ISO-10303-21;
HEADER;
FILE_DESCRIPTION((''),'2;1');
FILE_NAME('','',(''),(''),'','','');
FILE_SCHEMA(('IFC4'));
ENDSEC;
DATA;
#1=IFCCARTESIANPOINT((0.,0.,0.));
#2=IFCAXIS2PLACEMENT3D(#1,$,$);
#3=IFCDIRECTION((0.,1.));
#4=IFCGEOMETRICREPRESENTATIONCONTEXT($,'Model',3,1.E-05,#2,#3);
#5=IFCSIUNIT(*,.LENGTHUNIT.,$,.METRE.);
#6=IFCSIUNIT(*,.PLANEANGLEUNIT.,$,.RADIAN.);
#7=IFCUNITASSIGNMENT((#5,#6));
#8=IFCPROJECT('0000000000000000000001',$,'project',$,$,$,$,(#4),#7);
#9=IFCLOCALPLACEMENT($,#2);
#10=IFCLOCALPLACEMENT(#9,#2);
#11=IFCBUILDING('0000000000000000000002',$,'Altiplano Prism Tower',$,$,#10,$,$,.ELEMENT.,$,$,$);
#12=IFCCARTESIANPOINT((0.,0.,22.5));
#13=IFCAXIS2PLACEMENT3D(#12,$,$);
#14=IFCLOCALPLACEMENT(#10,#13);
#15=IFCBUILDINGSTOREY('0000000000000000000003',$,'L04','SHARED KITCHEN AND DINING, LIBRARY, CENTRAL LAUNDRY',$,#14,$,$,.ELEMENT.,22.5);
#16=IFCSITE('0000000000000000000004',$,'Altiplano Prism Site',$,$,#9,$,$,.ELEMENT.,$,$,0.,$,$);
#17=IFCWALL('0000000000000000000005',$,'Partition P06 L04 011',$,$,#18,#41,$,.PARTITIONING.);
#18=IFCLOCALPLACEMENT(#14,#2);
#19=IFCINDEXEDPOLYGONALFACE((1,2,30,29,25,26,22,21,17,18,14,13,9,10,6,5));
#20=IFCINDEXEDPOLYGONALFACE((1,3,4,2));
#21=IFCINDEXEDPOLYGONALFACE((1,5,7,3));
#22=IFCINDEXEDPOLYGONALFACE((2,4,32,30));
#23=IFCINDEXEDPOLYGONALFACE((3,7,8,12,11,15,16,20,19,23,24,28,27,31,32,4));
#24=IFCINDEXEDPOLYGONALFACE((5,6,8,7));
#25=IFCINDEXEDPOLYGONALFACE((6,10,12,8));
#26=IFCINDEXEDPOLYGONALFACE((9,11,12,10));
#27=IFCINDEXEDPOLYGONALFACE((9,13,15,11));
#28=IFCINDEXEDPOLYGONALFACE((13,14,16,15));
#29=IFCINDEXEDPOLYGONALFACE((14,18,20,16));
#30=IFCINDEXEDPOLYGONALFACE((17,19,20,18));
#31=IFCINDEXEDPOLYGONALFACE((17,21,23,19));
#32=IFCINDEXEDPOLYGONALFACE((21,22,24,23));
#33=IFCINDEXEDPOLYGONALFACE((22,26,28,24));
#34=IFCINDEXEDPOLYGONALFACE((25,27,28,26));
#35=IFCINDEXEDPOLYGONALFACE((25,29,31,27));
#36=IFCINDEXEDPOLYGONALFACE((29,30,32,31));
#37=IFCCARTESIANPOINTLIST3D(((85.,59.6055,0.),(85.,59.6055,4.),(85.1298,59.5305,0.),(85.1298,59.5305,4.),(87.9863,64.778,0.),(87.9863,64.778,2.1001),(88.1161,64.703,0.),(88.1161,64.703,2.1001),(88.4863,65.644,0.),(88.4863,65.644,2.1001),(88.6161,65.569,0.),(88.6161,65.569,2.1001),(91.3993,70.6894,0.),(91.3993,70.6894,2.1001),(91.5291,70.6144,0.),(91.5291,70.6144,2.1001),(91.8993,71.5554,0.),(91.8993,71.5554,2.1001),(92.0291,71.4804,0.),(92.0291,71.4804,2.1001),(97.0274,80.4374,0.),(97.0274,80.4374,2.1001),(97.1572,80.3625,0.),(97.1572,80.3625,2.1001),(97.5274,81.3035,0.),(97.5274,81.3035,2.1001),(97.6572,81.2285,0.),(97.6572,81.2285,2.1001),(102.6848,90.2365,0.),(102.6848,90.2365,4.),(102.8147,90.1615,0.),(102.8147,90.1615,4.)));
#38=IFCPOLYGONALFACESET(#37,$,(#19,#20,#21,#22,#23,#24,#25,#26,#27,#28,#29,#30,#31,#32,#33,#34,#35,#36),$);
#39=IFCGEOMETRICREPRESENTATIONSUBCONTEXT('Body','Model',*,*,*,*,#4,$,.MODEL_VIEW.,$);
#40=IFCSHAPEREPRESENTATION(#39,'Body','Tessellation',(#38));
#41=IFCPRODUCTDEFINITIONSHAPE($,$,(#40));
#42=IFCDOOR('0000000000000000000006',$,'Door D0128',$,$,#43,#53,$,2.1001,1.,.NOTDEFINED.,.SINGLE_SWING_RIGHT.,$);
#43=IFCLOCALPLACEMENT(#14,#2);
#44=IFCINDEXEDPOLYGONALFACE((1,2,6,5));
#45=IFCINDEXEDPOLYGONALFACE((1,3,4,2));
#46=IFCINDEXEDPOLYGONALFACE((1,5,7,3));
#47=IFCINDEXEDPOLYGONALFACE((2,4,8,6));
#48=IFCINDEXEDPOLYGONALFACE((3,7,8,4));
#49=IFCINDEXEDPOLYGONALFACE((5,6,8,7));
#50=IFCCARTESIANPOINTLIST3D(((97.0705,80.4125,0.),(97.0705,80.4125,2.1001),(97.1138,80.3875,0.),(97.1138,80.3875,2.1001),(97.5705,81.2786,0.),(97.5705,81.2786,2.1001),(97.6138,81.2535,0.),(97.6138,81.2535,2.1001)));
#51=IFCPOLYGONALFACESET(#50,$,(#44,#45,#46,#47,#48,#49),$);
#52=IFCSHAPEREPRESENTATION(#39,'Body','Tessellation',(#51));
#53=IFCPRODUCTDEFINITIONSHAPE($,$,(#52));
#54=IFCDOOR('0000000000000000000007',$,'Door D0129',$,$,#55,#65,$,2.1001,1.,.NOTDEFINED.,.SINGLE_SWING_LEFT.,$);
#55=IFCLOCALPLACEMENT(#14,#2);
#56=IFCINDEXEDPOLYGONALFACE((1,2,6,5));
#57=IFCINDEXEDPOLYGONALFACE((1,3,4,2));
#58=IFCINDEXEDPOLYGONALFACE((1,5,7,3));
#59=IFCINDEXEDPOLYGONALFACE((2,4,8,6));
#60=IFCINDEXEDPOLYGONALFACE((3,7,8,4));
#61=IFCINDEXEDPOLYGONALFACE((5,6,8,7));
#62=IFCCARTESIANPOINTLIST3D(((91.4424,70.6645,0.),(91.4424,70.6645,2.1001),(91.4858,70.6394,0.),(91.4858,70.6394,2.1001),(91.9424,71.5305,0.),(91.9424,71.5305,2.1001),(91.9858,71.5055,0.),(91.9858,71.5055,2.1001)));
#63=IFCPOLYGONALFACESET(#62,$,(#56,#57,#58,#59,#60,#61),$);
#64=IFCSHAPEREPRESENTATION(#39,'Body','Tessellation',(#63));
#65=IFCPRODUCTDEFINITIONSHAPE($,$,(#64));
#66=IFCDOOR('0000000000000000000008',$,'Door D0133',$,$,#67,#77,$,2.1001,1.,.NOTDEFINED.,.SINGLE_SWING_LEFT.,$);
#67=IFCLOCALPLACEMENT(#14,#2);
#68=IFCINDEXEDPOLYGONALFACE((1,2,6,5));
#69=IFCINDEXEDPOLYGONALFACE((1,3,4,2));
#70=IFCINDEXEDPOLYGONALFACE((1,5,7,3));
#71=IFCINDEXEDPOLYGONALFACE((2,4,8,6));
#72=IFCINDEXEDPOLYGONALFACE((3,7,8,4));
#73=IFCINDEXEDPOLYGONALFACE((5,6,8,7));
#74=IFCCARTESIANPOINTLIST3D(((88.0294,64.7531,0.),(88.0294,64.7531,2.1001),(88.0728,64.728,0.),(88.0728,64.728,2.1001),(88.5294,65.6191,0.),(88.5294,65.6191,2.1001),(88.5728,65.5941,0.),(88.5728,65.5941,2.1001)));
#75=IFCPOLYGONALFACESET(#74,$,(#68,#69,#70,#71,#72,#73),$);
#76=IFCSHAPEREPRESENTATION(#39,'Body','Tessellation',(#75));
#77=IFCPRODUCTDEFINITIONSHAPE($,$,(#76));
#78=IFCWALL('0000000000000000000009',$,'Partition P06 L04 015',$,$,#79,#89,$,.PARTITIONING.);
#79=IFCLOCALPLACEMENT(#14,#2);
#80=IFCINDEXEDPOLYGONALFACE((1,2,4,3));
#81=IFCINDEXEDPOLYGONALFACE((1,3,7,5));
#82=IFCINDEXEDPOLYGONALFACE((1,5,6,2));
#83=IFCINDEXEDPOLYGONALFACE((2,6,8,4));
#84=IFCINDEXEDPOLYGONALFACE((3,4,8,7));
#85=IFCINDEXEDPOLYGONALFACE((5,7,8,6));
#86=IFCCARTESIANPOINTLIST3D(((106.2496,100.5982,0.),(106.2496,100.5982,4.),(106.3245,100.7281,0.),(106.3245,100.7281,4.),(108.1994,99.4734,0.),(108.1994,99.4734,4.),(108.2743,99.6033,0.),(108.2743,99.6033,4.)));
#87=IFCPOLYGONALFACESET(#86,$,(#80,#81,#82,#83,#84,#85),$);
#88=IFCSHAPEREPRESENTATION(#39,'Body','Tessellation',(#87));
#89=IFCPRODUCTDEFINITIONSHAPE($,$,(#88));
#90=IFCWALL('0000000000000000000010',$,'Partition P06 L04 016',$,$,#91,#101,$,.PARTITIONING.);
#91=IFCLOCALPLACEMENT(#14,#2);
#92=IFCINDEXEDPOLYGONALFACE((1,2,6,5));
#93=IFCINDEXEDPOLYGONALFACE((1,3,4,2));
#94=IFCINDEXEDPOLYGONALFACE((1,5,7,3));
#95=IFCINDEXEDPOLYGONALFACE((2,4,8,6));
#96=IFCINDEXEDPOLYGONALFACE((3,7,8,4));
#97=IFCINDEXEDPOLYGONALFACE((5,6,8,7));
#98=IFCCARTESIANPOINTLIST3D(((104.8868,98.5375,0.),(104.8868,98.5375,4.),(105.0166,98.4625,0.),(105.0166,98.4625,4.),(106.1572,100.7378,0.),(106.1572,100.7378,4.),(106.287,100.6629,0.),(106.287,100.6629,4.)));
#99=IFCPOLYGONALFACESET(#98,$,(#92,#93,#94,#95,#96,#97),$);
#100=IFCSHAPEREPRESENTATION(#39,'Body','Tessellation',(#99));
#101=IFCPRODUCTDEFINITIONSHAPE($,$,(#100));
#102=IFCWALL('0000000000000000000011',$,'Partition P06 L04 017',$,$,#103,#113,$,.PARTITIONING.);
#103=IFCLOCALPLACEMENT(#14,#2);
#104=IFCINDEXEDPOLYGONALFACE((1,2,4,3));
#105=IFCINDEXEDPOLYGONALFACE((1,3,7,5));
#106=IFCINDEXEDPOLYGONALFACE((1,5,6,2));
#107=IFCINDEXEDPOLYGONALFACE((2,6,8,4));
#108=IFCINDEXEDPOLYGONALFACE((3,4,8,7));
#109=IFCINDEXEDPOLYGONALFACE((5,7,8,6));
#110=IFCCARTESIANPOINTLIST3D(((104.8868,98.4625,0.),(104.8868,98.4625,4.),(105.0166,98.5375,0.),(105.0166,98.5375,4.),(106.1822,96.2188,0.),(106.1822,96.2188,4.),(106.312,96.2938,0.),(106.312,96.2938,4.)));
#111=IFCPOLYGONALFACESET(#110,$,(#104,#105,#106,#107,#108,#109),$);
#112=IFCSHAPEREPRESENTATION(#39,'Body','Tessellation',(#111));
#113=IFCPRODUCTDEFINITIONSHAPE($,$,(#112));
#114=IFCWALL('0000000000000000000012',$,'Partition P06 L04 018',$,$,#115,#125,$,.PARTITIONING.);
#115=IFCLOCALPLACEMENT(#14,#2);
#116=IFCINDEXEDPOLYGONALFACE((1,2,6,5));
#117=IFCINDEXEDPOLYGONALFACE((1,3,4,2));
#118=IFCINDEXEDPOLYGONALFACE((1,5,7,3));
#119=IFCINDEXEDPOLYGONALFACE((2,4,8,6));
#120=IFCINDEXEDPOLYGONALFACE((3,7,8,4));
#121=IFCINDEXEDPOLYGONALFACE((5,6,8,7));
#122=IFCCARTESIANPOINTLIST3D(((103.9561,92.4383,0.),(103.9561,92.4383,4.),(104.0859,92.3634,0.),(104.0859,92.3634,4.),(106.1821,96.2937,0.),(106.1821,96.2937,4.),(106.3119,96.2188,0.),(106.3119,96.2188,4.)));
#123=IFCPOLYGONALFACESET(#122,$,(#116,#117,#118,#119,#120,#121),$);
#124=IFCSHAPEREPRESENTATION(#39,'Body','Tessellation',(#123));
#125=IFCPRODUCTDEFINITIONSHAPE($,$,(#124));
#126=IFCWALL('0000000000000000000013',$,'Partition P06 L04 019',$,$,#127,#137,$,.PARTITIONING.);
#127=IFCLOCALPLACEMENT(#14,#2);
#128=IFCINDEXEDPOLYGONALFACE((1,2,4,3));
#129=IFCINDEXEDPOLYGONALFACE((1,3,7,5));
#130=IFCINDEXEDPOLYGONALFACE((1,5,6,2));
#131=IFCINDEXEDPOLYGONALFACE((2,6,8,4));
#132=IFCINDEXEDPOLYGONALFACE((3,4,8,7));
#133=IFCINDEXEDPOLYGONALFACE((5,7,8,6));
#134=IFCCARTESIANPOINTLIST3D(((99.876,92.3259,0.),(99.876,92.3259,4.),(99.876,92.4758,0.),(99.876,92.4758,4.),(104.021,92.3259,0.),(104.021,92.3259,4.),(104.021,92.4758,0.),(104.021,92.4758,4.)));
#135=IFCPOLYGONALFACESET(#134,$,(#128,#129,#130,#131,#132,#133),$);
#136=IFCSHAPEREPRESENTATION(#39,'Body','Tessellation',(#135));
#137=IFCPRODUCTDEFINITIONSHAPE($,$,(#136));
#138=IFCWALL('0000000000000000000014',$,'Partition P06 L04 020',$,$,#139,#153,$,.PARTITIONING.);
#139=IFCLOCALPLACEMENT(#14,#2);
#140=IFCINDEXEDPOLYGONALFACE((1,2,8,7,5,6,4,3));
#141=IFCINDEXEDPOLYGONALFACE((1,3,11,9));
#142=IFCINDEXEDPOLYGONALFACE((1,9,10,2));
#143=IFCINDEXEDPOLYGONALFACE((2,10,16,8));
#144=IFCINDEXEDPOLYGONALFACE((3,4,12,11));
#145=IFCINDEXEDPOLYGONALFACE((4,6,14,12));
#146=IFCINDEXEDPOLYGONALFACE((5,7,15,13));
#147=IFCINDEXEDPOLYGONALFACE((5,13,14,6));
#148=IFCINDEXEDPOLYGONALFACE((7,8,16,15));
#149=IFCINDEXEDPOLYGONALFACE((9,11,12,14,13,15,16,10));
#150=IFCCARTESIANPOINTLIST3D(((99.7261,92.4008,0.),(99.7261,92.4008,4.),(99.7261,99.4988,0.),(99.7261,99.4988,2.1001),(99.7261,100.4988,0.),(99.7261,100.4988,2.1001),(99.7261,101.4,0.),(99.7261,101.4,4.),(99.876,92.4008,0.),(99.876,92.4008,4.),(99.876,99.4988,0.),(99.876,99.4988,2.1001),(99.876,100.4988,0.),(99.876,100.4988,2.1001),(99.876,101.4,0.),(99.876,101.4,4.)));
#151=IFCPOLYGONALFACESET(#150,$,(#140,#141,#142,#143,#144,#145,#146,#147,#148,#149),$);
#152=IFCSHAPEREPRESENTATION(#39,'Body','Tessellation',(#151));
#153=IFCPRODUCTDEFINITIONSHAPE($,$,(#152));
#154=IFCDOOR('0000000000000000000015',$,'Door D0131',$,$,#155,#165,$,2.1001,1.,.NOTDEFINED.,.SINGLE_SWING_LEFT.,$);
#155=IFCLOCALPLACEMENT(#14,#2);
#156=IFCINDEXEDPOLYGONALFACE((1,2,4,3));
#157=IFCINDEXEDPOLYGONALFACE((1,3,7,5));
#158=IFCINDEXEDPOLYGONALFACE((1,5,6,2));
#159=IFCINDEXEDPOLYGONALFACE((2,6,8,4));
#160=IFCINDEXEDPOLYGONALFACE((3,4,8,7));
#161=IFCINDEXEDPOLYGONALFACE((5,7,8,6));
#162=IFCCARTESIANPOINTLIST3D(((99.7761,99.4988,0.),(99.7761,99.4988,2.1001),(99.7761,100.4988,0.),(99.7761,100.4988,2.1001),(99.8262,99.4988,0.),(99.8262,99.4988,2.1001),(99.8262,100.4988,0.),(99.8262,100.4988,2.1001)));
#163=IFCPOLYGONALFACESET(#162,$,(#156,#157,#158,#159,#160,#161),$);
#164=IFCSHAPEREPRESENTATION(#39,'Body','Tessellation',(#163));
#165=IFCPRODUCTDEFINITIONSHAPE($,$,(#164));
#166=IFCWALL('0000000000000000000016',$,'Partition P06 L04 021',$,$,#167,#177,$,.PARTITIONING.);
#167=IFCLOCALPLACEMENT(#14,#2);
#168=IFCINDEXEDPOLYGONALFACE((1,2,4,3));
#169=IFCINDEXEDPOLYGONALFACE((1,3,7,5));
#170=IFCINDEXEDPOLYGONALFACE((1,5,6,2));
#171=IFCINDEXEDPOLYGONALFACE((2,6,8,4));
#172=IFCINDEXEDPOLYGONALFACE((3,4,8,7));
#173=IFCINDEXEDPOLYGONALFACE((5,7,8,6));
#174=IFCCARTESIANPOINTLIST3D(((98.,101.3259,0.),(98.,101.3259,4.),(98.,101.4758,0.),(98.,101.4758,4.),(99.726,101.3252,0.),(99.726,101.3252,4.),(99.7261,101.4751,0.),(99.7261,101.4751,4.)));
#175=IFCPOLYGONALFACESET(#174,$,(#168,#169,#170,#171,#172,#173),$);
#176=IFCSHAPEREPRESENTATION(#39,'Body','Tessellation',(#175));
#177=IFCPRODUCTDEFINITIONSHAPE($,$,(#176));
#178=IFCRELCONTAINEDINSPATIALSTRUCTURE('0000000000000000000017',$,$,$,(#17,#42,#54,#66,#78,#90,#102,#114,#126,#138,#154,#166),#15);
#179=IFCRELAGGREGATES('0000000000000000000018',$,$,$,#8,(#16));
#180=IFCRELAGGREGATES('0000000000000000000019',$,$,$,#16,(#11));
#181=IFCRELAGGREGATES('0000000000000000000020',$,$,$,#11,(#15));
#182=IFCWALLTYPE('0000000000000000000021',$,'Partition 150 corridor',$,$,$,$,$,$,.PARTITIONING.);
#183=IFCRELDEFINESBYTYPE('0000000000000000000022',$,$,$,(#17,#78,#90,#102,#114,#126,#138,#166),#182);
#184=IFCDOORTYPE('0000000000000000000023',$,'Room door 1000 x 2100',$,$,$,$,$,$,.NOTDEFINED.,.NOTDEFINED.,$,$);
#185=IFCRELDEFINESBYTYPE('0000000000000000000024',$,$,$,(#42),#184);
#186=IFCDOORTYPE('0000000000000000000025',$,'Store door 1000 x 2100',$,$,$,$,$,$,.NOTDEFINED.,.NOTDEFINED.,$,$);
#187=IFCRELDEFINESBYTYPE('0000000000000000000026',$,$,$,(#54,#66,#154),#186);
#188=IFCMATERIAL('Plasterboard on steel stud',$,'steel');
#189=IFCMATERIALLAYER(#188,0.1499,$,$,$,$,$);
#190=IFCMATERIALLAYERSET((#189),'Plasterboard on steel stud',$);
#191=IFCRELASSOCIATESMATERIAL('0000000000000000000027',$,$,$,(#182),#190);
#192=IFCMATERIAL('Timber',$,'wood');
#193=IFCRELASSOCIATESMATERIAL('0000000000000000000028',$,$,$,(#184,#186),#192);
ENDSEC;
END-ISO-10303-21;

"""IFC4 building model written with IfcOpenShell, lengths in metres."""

from ifc_helpers import new_model, si_unit, direction, frame, frame_2d, origin, place, context, subcontext, project, spatial, rectangle, extrude, material, layer, layer_set, type_object, element, fill, save


model = new_model("IFC4")

# Units and contexts
model_context = context("Model", 3, precision=1e-05, world=origin(), true_north=direction((0.0, 1.0)))
body_context = subcontext(model_context, "Body", "Model", "MODEL_VIEW")
ifc_project = project(units=[si_unit("LENGTHUNIT", "METRE"), si_unit("PLANEANGLEUNIT", "RADIAN")], contexts=[model_context])

# Site, building, storey
site_placement = place(None, origin())
site = spatial("IfcSite", under=ifc_project, at=site_placement, Name="Altiplano Prism Site", CompositionType="ELEMENT", RefElevation=0.0)
building_placement = place(site_placement, origin())
building = spatial("IfcBuilding", under=site, at=building_placement, Name="Altiplano Prism Tower", CompositionType="ELEMENT")
storey_placement = place(building_placement, frame((0.0, 0.0, 22.5)))
storey = spatial("IfcBuildingStorey", under=building, at=storey_placement, Name="L04", Description="SHARED KITCHEN AND DINING, LIBRARY, CENTRAL LAUNDRY", CompositionType="ELEMENT", Elevation=22.5)

# Shared definitions
ifc_material_1 = material(Name="Plasterboard on steel stud", Category="steel")
ifc_layer_1 = layer(ifc_material_1, 0.1499)
ifc_layer_set_1 = layer_set([ifc_layer_1], Name="Plasterboard on steel stud")
wall_type_1 = type_object("IfcWallType", Name="Partition 150 corridor", PredefinedType="PARTITIONING", material=ifc_layer_set_1)

# Wall, openings, doors
wall_1_placement = place(storey_placement, frame((102.7498, 90.199, 0.0), z_axis=(0.0, 0.0, 1.0), x_axis=(-0.500002, -0.866024, 0.0)))
wall_1 = element("IfcWall", 1, at=wall_1_placement, inside=storey, type_object=wall_type_1, Name="Partition P06 L04 011", PredefinedType="PARTITIONING", context=body_context, shape_type="SweptSolid", body=[
    extrude(rectangle(XDim=35.3696, YDim=0.1499, at=frame_2d((17.6848, 0.0))), origin(), (0.0, 0.0, 1.0), 4.0),
])
opening_1_placement = place(wall_1_placement, frame((10.3149, 0.0, 0.0)))
opening_1 = element("IfcOpeningElement", 2, at=opening_1_placement, cuts=wall_1, PredefinedType="OPENING", context=body_context, shape_type="SweptSolid", body=[
    extrude(rectangle(XDim=1.0, YDim=2.1001, at=frame_2d((0.5, 1.05))), frame((0.0, 0.0854, 0.0), z_axis=(0.0, -1.0, 0.0), x_axis=(1.0, 0.0, 0.0)), (0.0, 0.0, 1.0), 0.1709),
])
opening_2_placement = place(wall_1_placement, frame((21.571, 0.0, 0.0)))
opening_2 = element("IfcOpeningElement", 3, at=opening_2_placement, cuts=wall_1, PredefinedType="OPENING", context=body_context, shape_type="SweptSolid", body=[
    extrude(rectangle(XDim=1.0, YDim=2.1001, at=frame_2d((0.5, 1.05))), frame((0.0, 0.0854, 0.0), z_axis=(0.0, -1.0, 0.0), x_axis=(1.0, 0.0, 0.0)), (0.0, 0.0, 1.0), 0.1709),
])
opening_3_placement = place(wall_1_placement, frame((28.397, 0.0, 0.0)))
opening_3 = element("IfcOpeningElement", 4, at=opening_3_placement, cuts=wall_1, PredefinedType="OPENING", context=body_context, shape_type="SweptSolid", body=[
    extrude(rectangle(XDim=1.0, YDim=2.1001, at=frame_2d((0.5, 1.05))), frame((0.0, 0.0854, 0.0), z_axis=(0.0, -1.0, 0.0), x_axis=(1.0, 0.0, 0.0)), (0.0, 0.0, 1.0), 0.1709),
])
ifc_material_2 = material(Name="Timber", Category="wood")
door_type_1 = type_object("IfcDoorType", Name="Room door 1000 x 2100", OperationType="NOTDEFINED", PredefinedType="NOTDEFINED", material=ifc_material_2)
door_1_placement = place(opening_1_placement, origin())
door_1 = element("IfcDoor", 5, at=door_1_placement, inside=storey, type_object=door_type_1, Name="Door D0128", OperationType="SINGLE_SWING_RIGHT", OverallHeight=2.1001, OverallWidth=1.0, PredefinedType="NOTDEFINED", context=body_context, shape_type="SweptSolid", body=[
    extrude(rectangle(XDim=1.0, YDim=2.1001, at=frame_2d((0.5, 1.05))), frame((0.0, 0.0249, 0.0), z_axis=(0.0, -1.0, 0.0), x_axis=(1.0, 0.0, 0.0)), (0.0, 0.0, 1.0), 0.05),
])
fill(opening_1, door_1)
door_type_2 = type_object("IfcDoorType", Name="Store door 1000 x 2100", OperationType="NOTDEFINED", PredefinedType="NOTDEFINED", material=ifc_material_2)
door_2_placement = place(opening_2_placement, origin())
door_2 = element("IfcDoor", 6, at=door_2_placement, inside=storey, type_object=door_type_2, Name="Door D0129", OperationType="SINGLE_SWING_LEFT", OverallHeight=2.1001, OverallWidth=1.0, PredefinedType="NOTDEFINED", context=body_context, shape_type="SweptSolid", body=[
    extrude(rectangle(XDim=1.0, YDim=2.1001, at=frame_2d((0.5, 1.05))), frame((0.0, 0.0249, 0.0), z_axis=(0.0, -1.0, 0.0), x_axis=(1.0, 0.0, 0.0)), (0.0, 0.0, 1.0), 0.05),
])
fill(opening_2, door_2)
door_3_placement = place(opening_3_placement, origin())
door_3 = element("IfcDoor", 7, at=door_3_placement, inside=storey, type_object=door_type_2, Name="Door D0133", OperationType="SINGLE_SWING_LEFT", OverallHeight=2.1001, OverallWidth=1.0, PredefinedType="NOTDEFINED", context=body_context, shape_type="SweptSolid", body=[
    extrude(rectangle(XDim=1.0, YDim=2.1001, at=frame_2d((0.5, 1.05))), frame((0.0, 0.0249, 0.0), z_axis=(0.0, -1.0, 0.0), x_axis=(1.0, 0.0, 0.0)), (0.0, 0.0, 1.0), 0.05),
])
fill(opening_3, door_3)

# Walls
wall_2_placement = place(storey_placement, frame((108.2368, 99.5383, 0.0), z_axis=(0.0, 0.0, 1.0), x_axis=(-0.8662, 0.499697, 0.0)))
element("IfcWall", 8, at=wall_2_placement, inside=storey, type_object=wall_type_1, Name="Partition P06 L04 015", PredefinedType="PARTITIONING", context=body_context, shape_type="SweptSolid", body=[
    extrude(rectangle(XDim=2.251, YDim=0.1499, at=frame_2d((1.1255, 0.0))), origin(), (0.0, 0.0, 1.0), 4.0),
])
wall_3_placement = place(storey_placement, frame((106.2222, 100.7004, 0.0), z_axis=(0.0, 0.0, 1.0), x_axis=(-0.500025, -0.866011, 0.0)))
element("IfcWall", 9, at=wall_3_placement, inside=storey, type_object=wall_type_1, Name="Partition P06 L04 016", PredefinedType="PARTITIONING", context=body_context, shape_type="SweptSolid", body=[
    extrude(rectangle(XDim=2.5408, YDim=0.1499, at=frame_2d((1.2705, 0.0))), origin(), (0.0, 0.0, 1.0), 4.0),
])
wall_4_placement = place(storey_placement, frame((104.9517, 98.5, 0.0), z_axis=(0.0, 0.0, 1.0), x_axis=(0.500011, -0.866019, 0.0)))
element("IfcWall", 10, at=wall_4_placement, inside=storey, type_object=wall_type_1, Name="Partition P06 L04 017", PredefinedType="PARTITIONING", context=body_context, shape_type="SweptSolid", body=[
    extrude(rectangle(XDim=2.5908, YDim=0.1499, at=frame_2d((1.2954, 0.0))), origin(), (0.0, 0.0, 1.0), 4.0),
])
wall_5_placement = place(storey_placement, frame((106.2471, 96.2563, 0.0), z_axis=(0.0, 0.0, 1.0), x_axis=(-0.50002, -0.866014, 0.0)))
element("IfcWall", 11, at=wall_5_placement, inside=storey, type_object=wall_type_1, Name="Partition P06 L04 018", PredefinedType="PARTITIONING", context=body_context, shape_type="SweptSolid", body=[
    extrude(rectangle(XDim=4.4519, YDim=0.1499, at=frame_2d((2.2261, 0.0))), origin(), (0.0, 0.0, 1.0), 4.0),
])
wall_6_placement = place(storey_placement, frame((104.021, 92.4009, 0.0), z_axis=(0.0, 0.0, 1.0), x_axis=(-1.0, 0.0, 0.0)))
element("IfcWall", 12, at=wall_6_placement, inside=storey, type_object=wall_type_1, Name="Partition P06 L04 019", PredefinedType="PARTITIONING", context=body_context, shape_type="SweptSolid", body=[
    extrude(rectangle(XDim=4.145, YDim=0.1499, at=frame_2d((2.0725, 0.0))), origin(), (0.0, 0.0, 1.0), 4.0),
])

# Wall, opening, door
wall_7_placement = place(storey_placement, frame((99.801, 92.4009, 0.0), z_axis=(0.0, 0.0, 1.0), x_axis=(0.0, 1.0, 0.0)))
wall_7 = element("IfcWall", 13, at=wall_7_placement, inside=storey, type_object=wall_type_1, Name="Partition P06 L04 020", PredefinedType="PARTITIONING", context=body_context, shape_type="SweptSolid", body=[
    extrude(rectangle(XDim=8.9993, YDim=0.1499, at=frame_2d((4.4995, 0.0))), origin(), (0.0, 0.0, 1.0), 4.0),
])
opening_4_placement = place(wall_7_placement, frame((7.0979, 0.0, 0.0)))
opening_4 = element("IfcOpeningElement", 14, at=opening_4_placement, cuts=wall_7, PredefinedType="OPENING", context=body_context, shape_type="SweptSolid", body=[
    extrude(rectangle(XDim=1.0, YDim=2.1001, at=frame_2d((0.5, 1.05))), frame((0.0, 0.0854, 0.0), z_axis=(0.0, -1.0, 0.0), x_axis=(1.0, 0.0, 0.0)), (0.0, 0.0, 1.0), 0.1709),
])
door_4_placement = place(opening_4_placement, origin())
door_4 = element("IfcDoor", 15, at=door_4_placement, inside=storey, type_object=door_type_2, Name="Door D0131", OperationType="SINGLE_SWING_LEFT", OverallHeight=2.1001, OverallWidth=1.0, PredefinedType="NOTDEFINED", context=body_context, shape_type="SweptSolid", body=[
    extrude(rectangle(XDim=1.0, YDim=2.1001, at=frame_2d((0.5, 1.05))), frame((0.0, 0.0249, 0.0), z_axis=(0.0, -1.0, 0.0), x_axis=(1.0, 0.0, 0.0)), (0.0, 0.0, 1.0), 0.05),
])
fill(opening_4, door_4)

# Wall
wall_8_placement = place(storey_placement, frame((99.7261, 101.4001, 0.0), z_axis=(0.0, 0.0, 1.0), x_axis=(-1.0, 0.000424, 0.0)))
element("IfcWall", 16, at=wall_8_placement, inside=storey, type_object=wall_type_1, Name="Partition P06 L04 021", PredefinedType="PARTITIONING", context=body_context, shape_type="SweptSolid", body=[
    extrude(rectangle(XDim=1.7261, YDim=0.1499, at=frame_2d((0.863, 0.0))), origin(), (0.0, 0.0, 1.0), 4.0),
])

save(model, "model.ifc")
